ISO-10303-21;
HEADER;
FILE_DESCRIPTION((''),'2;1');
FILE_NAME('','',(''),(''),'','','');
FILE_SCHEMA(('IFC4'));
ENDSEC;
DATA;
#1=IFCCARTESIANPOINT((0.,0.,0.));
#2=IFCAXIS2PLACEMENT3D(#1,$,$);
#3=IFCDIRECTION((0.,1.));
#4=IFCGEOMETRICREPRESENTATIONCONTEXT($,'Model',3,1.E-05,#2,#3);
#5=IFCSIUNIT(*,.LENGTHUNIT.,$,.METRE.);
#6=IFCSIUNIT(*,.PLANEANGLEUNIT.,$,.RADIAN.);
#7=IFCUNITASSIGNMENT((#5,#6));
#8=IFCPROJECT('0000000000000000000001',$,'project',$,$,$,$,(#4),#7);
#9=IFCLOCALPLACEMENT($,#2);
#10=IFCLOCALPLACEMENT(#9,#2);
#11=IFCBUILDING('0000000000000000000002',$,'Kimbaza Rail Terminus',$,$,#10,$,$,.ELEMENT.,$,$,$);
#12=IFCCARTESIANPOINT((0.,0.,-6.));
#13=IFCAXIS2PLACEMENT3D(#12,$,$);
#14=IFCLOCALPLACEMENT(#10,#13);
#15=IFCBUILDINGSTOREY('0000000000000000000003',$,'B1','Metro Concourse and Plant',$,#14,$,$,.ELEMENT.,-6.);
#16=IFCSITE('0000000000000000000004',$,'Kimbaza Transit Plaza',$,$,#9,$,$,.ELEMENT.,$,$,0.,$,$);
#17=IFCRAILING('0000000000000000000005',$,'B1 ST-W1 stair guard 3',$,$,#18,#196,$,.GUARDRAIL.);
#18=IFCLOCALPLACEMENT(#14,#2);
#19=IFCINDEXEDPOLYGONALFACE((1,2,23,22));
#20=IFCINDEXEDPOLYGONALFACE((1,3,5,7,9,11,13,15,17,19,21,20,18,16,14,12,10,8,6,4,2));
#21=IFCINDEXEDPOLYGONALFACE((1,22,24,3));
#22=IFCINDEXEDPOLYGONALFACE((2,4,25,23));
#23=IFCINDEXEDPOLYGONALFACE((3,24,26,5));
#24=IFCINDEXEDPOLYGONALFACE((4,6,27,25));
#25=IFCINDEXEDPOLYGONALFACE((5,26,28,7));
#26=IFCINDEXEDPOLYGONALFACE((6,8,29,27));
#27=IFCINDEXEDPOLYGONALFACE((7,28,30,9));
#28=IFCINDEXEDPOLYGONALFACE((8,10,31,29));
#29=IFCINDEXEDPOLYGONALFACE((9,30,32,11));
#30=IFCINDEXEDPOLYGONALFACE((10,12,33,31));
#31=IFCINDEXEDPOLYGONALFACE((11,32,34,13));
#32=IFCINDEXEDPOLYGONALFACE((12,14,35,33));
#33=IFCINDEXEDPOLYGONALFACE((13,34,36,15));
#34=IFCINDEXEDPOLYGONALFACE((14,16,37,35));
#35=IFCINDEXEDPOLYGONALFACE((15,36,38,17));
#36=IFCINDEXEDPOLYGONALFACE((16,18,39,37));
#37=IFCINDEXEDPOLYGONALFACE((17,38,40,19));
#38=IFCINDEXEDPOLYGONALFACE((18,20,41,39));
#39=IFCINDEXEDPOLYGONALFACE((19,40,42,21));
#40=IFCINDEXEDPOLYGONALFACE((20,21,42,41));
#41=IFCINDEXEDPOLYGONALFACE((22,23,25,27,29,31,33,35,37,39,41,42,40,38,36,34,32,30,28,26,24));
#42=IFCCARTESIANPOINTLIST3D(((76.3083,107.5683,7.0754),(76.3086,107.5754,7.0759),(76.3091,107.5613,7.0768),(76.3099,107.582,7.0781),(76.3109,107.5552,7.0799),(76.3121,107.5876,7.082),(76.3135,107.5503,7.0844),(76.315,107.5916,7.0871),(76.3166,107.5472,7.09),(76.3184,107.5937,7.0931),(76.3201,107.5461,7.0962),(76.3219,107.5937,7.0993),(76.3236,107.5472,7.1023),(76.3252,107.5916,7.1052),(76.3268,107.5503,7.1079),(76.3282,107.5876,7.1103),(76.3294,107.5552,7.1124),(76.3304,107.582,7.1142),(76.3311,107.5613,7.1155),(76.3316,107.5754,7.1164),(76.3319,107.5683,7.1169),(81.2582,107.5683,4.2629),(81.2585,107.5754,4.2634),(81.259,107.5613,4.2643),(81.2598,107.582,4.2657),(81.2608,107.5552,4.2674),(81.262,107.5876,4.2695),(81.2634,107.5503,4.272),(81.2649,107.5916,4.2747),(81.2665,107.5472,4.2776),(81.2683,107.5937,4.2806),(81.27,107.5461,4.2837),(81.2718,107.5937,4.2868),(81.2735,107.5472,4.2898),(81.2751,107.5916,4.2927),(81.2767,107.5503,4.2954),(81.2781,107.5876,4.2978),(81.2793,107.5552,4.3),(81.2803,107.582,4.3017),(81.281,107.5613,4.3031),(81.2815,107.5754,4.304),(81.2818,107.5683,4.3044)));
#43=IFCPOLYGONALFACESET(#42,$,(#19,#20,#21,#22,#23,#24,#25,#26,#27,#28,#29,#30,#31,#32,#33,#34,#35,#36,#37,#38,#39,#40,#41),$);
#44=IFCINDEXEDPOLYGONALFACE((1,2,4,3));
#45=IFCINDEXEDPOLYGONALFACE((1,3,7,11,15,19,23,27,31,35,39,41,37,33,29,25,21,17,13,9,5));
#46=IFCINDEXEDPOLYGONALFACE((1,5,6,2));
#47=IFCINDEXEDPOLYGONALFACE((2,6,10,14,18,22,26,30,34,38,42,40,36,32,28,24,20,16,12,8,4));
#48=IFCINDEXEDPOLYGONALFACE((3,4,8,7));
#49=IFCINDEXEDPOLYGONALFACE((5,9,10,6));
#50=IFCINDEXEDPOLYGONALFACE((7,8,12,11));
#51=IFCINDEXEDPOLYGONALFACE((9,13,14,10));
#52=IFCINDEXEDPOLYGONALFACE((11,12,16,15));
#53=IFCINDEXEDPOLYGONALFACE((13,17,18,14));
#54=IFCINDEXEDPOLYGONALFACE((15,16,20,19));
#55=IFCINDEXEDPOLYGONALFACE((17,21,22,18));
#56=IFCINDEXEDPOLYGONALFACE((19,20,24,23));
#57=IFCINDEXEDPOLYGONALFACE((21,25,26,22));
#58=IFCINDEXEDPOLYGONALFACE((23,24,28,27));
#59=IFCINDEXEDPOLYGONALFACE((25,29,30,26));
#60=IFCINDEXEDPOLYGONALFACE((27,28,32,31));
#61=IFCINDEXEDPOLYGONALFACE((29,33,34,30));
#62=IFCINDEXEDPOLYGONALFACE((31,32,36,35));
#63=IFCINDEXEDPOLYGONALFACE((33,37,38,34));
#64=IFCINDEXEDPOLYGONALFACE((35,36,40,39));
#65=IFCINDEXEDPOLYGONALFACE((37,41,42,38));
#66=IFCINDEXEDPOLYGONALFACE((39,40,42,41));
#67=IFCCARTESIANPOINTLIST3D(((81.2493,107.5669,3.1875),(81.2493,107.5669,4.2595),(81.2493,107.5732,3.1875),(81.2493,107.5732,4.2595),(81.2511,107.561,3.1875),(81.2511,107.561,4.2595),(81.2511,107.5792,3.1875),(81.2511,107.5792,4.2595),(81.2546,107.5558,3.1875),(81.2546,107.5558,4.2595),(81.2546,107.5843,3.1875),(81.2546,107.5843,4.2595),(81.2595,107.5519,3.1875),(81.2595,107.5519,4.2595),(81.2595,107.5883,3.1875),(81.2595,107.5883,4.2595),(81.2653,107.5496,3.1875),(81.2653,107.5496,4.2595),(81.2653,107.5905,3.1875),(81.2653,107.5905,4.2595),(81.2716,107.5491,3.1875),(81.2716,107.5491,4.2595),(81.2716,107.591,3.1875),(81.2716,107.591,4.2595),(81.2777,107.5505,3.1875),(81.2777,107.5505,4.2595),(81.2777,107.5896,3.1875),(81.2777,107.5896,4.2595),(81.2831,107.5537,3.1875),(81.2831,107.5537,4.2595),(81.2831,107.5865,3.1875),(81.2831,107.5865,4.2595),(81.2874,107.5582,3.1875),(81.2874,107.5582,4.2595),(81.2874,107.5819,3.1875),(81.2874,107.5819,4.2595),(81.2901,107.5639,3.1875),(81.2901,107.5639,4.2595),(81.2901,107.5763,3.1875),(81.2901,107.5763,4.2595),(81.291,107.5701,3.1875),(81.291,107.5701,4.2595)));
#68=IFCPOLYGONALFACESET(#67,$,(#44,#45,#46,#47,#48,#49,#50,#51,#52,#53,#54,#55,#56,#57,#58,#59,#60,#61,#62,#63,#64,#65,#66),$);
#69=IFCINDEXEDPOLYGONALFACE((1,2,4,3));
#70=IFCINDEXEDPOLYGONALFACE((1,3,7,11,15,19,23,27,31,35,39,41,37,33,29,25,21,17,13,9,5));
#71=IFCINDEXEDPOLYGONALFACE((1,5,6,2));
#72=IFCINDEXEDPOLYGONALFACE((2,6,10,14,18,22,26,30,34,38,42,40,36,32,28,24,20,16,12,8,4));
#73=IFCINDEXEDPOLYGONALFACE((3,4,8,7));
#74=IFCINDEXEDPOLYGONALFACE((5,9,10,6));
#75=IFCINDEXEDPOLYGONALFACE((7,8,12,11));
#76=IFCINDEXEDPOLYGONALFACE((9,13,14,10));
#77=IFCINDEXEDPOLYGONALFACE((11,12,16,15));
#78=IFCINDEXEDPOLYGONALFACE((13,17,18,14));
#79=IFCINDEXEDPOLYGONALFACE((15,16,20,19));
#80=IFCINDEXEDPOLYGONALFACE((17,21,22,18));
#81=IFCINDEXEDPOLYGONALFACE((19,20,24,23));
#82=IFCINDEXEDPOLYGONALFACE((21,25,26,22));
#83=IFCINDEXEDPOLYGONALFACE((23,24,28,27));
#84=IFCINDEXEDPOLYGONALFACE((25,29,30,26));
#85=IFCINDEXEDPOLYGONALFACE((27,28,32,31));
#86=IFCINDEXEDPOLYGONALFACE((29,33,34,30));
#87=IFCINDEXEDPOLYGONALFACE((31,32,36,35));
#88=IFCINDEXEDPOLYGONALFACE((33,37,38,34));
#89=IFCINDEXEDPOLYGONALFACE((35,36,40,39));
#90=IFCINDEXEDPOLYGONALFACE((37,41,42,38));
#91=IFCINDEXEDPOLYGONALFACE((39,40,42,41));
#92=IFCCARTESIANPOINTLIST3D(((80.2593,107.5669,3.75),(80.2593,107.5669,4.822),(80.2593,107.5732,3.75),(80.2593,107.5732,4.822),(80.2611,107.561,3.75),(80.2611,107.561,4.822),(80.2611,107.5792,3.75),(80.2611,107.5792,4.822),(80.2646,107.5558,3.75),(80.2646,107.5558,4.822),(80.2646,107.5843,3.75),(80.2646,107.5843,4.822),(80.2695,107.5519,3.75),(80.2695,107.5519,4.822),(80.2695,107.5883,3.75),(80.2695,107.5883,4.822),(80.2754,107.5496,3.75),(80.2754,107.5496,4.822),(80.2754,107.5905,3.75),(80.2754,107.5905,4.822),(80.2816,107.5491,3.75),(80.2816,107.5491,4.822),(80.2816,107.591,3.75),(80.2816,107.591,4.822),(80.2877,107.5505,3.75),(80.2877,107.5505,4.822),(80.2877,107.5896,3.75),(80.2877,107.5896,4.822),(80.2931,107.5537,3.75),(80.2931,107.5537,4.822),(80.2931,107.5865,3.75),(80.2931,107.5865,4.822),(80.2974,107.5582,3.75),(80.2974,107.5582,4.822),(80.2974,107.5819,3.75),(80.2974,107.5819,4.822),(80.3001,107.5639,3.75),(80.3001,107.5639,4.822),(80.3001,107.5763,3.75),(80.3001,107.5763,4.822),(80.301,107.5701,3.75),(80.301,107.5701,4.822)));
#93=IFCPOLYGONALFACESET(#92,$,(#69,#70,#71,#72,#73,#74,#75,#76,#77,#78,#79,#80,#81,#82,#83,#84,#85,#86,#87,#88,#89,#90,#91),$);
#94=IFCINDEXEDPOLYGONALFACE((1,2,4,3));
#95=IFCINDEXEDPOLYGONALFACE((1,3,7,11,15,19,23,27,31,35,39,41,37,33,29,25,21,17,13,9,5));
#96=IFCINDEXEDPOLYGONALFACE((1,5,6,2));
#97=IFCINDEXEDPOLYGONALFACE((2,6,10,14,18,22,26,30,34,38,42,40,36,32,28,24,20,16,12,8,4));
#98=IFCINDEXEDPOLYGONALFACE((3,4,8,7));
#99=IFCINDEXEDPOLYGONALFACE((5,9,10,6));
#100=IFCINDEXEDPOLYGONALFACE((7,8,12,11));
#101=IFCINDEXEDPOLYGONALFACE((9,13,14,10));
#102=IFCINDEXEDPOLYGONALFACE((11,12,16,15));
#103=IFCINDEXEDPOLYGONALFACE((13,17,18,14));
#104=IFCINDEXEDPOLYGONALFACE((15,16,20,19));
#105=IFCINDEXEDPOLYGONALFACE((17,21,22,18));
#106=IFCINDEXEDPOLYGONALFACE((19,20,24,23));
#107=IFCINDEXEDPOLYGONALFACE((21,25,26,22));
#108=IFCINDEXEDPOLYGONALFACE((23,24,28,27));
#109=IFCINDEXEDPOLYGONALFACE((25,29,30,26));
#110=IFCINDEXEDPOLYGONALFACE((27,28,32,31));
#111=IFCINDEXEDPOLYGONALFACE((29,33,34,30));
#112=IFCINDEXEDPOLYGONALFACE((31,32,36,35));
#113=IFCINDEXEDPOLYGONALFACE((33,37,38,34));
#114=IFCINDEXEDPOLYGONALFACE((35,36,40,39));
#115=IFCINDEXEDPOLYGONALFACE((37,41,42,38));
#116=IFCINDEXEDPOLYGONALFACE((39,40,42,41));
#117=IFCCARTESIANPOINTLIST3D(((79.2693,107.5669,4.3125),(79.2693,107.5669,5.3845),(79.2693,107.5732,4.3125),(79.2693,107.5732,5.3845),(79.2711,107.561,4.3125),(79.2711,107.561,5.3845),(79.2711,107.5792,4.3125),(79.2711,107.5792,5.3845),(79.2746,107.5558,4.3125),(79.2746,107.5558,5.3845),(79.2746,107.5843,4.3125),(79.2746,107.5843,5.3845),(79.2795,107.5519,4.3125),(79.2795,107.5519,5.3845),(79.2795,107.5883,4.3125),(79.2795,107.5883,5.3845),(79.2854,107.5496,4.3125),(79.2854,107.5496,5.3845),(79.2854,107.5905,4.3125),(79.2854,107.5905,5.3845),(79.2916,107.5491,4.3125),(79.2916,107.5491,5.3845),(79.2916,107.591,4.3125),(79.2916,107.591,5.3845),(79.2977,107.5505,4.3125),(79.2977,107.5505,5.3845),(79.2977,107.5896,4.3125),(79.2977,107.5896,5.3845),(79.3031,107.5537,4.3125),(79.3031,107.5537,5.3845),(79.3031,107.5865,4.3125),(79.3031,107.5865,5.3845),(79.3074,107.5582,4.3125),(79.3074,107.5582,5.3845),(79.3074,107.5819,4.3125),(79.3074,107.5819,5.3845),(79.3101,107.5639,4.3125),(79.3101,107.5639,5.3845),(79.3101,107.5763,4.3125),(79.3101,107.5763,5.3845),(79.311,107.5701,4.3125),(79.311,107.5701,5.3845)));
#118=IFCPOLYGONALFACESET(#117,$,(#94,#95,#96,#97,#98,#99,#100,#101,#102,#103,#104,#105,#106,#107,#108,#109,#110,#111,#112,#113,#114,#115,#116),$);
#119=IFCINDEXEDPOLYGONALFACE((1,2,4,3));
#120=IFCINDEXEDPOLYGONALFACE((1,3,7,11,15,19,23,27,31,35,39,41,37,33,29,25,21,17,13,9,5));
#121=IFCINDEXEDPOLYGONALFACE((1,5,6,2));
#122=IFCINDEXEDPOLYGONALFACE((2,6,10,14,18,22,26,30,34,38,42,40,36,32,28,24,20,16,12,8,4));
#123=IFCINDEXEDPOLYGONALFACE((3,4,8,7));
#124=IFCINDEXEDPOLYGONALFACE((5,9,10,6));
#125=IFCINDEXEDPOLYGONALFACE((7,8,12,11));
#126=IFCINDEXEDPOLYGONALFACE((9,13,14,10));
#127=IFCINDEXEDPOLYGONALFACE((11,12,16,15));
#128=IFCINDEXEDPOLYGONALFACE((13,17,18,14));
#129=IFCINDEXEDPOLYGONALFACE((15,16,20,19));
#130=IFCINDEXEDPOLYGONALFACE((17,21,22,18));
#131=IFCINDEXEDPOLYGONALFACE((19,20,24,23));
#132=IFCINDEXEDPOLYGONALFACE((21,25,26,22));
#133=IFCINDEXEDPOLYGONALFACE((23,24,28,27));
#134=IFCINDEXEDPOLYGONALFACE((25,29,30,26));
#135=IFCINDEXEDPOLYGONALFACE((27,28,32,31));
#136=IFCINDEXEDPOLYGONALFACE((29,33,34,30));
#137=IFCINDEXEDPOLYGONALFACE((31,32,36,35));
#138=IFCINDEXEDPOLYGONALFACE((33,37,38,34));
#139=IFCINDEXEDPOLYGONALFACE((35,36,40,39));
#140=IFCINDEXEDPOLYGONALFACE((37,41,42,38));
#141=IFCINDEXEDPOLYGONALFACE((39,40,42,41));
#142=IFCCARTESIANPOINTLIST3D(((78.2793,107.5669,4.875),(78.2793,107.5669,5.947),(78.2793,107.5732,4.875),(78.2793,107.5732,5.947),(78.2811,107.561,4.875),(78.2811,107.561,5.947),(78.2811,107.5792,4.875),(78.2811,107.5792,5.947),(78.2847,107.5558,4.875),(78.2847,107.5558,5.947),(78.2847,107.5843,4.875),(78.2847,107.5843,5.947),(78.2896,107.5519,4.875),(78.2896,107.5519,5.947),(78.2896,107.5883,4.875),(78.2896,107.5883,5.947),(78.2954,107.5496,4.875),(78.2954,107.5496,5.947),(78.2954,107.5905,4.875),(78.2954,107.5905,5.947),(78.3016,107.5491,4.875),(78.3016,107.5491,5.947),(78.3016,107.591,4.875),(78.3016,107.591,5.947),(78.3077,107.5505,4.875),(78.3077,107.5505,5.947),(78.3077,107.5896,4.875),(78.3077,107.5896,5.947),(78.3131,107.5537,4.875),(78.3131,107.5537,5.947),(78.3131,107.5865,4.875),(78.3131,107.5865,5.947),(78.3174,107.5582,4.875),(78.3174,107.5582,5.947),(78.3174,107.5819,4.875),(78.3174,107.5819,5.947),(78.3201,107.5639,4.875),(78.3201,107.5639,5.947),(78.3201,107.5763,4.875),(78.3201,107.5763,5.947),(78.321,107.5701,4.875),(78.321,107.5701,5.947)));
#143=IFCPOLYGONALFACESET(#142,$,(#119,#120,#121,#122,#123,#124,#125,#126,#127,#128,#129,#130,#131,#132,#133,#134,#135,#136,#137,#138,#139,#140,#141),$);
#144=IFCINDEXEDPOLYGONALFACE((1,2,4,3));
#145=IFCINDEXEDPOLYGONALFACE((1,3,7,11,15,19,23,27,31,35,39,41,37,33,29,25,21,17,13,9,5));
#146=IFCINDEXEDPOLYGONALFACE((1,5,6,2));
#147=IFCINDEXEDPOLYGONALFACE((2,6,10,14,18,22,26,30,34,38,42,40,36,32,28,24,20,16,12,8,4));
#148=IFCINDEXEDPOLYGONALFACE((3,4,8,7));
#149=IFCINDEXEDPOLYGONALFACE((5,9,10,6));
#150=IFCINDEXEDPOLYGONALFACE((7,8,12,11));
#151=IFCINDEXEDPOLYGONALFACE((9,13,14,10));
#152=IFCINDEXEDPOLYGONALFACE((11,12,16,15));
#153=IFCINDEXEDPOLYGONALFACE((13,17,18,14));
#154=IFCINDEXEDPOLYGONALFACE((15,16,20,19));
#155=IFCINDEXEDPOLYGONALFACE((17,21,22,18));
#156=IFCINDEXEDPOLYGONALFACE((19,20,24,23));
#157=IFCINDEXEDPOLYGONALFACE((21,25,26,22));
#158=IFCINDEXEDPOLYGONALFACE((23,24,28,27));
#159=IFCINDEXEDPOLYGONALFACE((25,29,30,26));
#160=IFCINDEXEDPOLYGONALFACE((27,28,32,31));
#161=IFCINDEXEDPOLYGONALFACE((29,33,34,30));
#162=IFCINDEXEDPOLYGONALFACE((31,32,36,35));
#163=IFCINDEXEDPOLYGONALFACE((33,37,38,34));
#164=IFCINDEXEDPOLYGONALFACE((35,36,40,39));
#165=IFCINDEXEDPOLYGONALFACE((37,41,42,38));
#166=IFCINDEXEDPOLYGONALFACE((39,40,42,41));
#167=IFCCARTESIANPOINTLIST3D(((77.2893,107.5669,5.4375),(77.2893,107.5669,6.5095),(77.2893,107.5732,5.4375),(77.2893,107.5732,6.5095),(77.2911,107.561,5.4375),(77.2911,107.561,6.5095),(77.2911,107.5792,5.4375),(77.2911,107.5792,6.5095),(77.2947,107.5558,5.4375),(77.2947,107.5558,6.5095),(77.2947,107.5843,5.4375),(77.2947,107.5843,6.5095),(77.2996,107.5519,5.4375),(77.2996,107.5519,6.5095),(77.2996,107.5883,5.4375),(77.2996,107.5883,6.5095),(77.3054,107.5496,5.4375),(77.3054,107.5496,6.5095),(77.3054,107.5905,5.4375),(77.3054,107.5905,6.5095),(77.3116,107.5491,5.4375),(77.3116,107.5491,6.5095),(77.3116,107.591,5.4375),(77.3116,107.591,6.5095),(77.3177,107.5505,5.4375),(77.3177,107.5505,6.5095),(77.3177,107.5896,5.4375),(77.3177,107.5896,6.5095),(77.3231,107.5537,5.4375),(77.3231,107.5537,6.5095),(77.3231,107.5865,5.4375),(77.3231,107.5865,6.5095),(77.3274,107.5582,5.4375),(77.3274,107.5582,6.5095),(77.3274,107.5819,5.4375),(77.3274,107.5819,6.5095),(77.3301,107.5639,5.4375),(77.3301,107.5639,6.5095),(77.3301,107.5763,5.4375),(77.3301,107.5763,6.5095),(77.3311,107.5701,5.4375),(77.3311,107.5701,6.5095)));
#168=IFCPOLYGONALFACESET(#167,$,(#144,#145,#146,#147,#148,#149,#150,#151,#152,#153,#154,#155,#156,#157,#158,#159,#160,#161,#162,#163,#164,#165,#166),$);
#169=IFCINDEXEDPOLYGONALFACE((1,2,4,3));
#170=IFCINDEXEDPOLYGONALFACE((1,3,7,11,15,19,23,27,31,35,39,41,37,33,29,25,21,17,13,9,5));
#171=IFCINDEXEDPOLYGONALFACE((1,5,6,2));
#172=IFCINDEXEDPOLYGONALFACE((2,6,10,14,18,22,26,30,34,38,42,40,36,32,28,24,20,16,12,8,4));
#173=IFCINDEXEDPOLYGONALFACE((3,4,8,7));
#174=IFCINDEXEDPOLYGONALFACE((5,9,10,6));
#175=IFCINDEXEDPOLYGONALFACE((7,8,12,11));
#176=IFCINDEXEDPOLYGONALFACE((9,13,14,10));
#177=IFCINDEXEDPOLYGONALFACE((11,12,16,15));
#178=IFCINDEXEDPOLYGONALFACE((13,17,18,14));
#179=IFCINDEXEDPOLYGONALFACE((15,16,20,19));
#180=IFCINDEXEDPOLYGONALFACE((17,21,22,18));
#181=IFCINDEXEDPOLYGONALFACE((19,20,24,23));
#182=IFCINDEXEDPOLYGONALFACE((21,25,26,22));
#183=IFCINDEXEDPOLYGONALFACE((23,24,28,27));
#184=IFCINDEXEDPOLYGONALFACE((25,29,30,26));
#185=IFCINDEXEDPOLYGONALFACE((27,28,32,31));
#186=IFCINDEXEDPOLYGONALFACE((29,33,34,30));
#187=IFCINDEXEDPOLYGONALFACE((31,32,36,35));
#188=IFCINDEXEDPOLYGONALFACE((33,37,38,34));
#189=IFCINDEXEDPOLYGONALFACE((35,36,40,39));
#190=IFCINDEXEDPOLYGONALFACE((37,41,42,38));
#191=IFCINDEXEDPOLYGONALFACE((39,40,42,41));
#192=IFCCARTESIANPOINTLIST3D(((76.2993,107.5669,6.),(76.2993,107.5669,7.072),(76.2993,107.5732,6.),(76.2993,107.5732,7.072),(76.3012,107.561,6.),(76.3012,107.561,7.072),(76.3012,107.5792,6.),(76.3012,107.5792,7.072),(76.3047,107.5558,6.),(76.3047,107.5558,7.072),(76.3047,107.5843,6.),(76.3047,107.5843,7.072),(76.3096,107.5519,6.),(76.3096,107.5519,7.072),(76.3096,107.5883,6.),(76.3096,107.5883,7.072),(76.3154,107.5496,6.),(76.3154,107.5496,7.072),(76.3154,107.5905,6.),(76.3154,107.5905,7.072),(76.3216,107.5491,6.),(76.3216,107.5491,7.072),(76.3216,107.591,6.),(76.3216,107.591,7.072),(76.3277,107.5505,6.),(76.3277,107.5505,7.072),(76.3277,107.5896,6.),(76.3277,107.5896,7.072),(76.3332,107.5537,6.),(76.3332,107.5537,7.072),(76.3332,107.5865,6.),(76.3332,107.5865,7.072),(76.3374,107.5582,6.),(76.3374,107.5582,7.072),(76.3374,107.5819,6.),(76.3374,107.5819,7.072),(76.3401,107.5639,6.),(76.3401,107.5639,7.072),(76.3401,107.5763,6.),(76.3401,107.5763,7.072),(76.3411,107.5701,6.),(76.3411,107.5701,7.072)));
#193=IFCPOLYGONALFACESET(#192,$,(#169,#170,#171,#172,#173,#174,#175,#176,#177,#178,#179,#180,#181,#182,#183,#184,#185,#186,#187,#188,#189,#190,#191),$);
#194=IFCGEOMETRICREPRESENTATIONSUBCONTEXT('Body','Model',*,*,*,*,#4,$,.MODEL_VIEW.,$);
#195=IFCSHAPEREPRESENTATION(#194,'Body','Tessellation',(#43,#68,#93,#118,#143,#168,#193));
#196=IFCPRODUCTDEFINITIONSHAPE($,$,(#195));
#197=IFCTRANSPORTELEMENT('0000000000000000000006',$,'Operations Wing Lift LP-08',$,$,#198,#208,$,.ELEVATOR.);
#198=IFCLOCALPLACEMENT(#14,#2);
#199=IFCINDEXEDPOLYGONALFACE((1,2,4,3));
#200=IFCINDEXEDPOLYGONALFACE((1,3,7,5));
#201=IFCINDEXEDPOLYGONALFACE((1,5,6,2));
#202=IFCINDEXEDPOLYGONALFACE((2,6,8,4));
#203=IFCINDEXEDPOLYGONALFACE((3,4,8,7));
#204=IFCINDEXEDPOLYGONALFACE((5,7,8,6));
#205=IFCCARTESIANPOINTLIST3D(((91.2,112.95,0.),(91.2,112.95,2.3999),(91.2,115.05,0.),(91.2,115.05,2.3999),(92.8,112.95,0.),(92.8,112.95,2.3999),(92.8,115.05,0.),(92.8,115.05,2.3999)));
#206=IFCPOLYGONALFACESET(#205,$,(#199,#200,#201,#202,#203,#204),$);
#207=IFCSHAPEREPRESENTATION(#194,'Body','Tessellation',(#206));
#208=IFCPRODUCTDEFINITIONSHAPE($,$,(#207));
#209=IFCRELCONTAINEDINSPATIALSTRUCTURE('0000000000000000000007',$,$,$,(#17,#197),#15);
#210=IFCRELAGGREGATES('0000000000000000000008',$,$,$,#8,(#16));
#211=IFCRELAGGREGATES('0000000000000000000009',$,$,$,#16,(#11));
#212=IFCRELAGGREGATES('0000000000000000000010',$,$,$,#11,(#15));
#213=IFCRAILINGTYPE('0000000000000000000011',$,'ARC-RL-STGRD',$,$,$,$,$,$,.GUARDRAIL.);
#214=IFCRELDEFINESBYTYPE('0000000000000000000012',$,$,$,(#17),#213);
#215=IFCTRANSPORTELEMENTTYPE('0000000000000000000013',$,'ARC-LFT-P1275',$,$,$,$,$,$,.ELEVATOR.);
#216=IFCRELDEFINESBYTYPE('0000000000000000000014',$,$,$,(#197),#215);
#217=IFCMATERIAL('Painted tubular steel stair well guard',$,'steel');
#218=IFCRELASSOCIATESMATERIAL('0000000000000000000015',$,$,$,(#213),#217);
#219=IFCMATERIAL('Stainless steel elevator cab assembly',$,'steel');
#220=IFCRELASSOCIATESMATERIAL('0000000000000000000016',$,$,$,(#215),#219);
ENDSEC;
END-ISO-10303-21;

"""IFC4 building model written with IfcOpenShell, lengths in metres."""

from ifc_helpers import new_model, si_unit, direction, frame, origin, origin_2d, place, context, subcontext, project, spatial, rectangle, circle, extrude, material, type_object, element, save


model = new_model("IFC4")

# Units and contexts
model_context = context("Model", 3, precision=1e-05, world=origin(), true_north=direction((0.0, 1.0)))
body_context = subcontext(model_context, "Body", "Model", "MODEL_VIEW")
ifc_project = project(units=[si_unit("LENGTHUNIT", "METRE"), si_unit("PLANEANGLEUNIT", "RADIAN")], contexts=[model_context])

# Site, building, storey
site_placement = place(None, origin())
site = spatial("IfcSite", under=ifc_project, at=site_placement, Name="Kimbaza Transit Plaza", CompositionType="ELEMENT", RefElevation=0.0)
building_placement = place(site_placement, origin())
building = spatial("IfcBuilding", under=site, at=building_placement, Name="Kimbaza Rail Terminus", CompositionType="ELEMENT")
storey_placement = place(building_placement, frame((0.0, 0.0, -6.0)))
storey = spatial("IfcBuildingStorey", under=building, at=storey_placement, Name="B1", Description="Metro Concourse and Plant", CompositionType="ELEMENT", Elevation=-6.0)

# Railing
ifc_material_1 = material(Name="Painted tubular steel stair well guard", Category="steel")
railing_type_1 = type_object("IfcRailingType", Name="ARC-RL-STGRD", PredefinedType="GUARDRAIL", material=ifc_material_1)
railing_1_placement = place(storey_placement, frame((81.27, 107.5701, 3.1875)))
element("IfcRailing", 1, at=railing_1_placement, inside=storey, type_object=railing_type_1, Name="B1 ST-W1 stair guard 3", PredefinedType="GUARDRAIL", context=body_context, shape_type="SweptSolid", body=[
    extrude(circle(Radius=0.0239, at=origin_2d()), frame((0.0, 0.0, 1.0962), z_axis=(-0.869454, 0.0, 0.494013), x_axis=(0.0, -1.0, 0.0)), (0.0, 0.0, 1.0), 5.6931),
    extrude(circle(Radius=0.021, at=origin_2d()), origin(), (0.0, 0.0, 1.0), 1.072),
    extrude(circle(Radius=0.021, at=origin_2d()), frame((-0.99, 0.0, 0.5625)), (0.0, 0.0, 1.0), 1.072),
    extrude(circle(Radius=0.021, at=origin_2d()), frame((-1.98, 0.0, 1.125)), (0.0, 0.0, 1.0), 1.072),
    extrude(circle(Radius=0.021, at=origin_2d()), frame((-2.97, 0.0, 1.6875)), (0.0, 0.0, 1.0), 1.072),
    extrude(circle(Radius=0.021, at=origin_2d()), frame((-3.96, 0.0, 2.25)), (0.0, 0.0, 1.0), 1.072),
    extrude(circle(Radius=0.021, at=origin_2d()), frame((-4.95, 0.0, 2.8125)), (0.0, 0.0, 1.0), 1.072),
])

# Transport element
ifc_material_2 = material(Name="Stainless steel elevator cab assembly", Category="steel")
transport_element_type = type_object("IfcTransportElementType", Name="ARC-LFT-P1275", PredefinedType="ELEVATOR", material=ifc_material_2)
transport_element_placement = place(storey_placement, frame((92.0, 114.0, 0.0), z_axis=(0.0, 0.0, 1.0), x_axis=(1.0, 0.0, 0.0)))
element("IfcTransportElement", 2, at=transport_element_placement, inside=storey, type_object=transport_element_type, Name="Operations Wing Lift LP-08", PredefinedType="ELEVATOR", context=body_context, shape_type="SweptSolid", body=[
    extrude(rectangle(XDim=1.6001, YDim=2.1001, at=origin_2d()), origin(), (0.0, 0.0, 1.0), 2.3999),
])

save(model, "model.ifc")
